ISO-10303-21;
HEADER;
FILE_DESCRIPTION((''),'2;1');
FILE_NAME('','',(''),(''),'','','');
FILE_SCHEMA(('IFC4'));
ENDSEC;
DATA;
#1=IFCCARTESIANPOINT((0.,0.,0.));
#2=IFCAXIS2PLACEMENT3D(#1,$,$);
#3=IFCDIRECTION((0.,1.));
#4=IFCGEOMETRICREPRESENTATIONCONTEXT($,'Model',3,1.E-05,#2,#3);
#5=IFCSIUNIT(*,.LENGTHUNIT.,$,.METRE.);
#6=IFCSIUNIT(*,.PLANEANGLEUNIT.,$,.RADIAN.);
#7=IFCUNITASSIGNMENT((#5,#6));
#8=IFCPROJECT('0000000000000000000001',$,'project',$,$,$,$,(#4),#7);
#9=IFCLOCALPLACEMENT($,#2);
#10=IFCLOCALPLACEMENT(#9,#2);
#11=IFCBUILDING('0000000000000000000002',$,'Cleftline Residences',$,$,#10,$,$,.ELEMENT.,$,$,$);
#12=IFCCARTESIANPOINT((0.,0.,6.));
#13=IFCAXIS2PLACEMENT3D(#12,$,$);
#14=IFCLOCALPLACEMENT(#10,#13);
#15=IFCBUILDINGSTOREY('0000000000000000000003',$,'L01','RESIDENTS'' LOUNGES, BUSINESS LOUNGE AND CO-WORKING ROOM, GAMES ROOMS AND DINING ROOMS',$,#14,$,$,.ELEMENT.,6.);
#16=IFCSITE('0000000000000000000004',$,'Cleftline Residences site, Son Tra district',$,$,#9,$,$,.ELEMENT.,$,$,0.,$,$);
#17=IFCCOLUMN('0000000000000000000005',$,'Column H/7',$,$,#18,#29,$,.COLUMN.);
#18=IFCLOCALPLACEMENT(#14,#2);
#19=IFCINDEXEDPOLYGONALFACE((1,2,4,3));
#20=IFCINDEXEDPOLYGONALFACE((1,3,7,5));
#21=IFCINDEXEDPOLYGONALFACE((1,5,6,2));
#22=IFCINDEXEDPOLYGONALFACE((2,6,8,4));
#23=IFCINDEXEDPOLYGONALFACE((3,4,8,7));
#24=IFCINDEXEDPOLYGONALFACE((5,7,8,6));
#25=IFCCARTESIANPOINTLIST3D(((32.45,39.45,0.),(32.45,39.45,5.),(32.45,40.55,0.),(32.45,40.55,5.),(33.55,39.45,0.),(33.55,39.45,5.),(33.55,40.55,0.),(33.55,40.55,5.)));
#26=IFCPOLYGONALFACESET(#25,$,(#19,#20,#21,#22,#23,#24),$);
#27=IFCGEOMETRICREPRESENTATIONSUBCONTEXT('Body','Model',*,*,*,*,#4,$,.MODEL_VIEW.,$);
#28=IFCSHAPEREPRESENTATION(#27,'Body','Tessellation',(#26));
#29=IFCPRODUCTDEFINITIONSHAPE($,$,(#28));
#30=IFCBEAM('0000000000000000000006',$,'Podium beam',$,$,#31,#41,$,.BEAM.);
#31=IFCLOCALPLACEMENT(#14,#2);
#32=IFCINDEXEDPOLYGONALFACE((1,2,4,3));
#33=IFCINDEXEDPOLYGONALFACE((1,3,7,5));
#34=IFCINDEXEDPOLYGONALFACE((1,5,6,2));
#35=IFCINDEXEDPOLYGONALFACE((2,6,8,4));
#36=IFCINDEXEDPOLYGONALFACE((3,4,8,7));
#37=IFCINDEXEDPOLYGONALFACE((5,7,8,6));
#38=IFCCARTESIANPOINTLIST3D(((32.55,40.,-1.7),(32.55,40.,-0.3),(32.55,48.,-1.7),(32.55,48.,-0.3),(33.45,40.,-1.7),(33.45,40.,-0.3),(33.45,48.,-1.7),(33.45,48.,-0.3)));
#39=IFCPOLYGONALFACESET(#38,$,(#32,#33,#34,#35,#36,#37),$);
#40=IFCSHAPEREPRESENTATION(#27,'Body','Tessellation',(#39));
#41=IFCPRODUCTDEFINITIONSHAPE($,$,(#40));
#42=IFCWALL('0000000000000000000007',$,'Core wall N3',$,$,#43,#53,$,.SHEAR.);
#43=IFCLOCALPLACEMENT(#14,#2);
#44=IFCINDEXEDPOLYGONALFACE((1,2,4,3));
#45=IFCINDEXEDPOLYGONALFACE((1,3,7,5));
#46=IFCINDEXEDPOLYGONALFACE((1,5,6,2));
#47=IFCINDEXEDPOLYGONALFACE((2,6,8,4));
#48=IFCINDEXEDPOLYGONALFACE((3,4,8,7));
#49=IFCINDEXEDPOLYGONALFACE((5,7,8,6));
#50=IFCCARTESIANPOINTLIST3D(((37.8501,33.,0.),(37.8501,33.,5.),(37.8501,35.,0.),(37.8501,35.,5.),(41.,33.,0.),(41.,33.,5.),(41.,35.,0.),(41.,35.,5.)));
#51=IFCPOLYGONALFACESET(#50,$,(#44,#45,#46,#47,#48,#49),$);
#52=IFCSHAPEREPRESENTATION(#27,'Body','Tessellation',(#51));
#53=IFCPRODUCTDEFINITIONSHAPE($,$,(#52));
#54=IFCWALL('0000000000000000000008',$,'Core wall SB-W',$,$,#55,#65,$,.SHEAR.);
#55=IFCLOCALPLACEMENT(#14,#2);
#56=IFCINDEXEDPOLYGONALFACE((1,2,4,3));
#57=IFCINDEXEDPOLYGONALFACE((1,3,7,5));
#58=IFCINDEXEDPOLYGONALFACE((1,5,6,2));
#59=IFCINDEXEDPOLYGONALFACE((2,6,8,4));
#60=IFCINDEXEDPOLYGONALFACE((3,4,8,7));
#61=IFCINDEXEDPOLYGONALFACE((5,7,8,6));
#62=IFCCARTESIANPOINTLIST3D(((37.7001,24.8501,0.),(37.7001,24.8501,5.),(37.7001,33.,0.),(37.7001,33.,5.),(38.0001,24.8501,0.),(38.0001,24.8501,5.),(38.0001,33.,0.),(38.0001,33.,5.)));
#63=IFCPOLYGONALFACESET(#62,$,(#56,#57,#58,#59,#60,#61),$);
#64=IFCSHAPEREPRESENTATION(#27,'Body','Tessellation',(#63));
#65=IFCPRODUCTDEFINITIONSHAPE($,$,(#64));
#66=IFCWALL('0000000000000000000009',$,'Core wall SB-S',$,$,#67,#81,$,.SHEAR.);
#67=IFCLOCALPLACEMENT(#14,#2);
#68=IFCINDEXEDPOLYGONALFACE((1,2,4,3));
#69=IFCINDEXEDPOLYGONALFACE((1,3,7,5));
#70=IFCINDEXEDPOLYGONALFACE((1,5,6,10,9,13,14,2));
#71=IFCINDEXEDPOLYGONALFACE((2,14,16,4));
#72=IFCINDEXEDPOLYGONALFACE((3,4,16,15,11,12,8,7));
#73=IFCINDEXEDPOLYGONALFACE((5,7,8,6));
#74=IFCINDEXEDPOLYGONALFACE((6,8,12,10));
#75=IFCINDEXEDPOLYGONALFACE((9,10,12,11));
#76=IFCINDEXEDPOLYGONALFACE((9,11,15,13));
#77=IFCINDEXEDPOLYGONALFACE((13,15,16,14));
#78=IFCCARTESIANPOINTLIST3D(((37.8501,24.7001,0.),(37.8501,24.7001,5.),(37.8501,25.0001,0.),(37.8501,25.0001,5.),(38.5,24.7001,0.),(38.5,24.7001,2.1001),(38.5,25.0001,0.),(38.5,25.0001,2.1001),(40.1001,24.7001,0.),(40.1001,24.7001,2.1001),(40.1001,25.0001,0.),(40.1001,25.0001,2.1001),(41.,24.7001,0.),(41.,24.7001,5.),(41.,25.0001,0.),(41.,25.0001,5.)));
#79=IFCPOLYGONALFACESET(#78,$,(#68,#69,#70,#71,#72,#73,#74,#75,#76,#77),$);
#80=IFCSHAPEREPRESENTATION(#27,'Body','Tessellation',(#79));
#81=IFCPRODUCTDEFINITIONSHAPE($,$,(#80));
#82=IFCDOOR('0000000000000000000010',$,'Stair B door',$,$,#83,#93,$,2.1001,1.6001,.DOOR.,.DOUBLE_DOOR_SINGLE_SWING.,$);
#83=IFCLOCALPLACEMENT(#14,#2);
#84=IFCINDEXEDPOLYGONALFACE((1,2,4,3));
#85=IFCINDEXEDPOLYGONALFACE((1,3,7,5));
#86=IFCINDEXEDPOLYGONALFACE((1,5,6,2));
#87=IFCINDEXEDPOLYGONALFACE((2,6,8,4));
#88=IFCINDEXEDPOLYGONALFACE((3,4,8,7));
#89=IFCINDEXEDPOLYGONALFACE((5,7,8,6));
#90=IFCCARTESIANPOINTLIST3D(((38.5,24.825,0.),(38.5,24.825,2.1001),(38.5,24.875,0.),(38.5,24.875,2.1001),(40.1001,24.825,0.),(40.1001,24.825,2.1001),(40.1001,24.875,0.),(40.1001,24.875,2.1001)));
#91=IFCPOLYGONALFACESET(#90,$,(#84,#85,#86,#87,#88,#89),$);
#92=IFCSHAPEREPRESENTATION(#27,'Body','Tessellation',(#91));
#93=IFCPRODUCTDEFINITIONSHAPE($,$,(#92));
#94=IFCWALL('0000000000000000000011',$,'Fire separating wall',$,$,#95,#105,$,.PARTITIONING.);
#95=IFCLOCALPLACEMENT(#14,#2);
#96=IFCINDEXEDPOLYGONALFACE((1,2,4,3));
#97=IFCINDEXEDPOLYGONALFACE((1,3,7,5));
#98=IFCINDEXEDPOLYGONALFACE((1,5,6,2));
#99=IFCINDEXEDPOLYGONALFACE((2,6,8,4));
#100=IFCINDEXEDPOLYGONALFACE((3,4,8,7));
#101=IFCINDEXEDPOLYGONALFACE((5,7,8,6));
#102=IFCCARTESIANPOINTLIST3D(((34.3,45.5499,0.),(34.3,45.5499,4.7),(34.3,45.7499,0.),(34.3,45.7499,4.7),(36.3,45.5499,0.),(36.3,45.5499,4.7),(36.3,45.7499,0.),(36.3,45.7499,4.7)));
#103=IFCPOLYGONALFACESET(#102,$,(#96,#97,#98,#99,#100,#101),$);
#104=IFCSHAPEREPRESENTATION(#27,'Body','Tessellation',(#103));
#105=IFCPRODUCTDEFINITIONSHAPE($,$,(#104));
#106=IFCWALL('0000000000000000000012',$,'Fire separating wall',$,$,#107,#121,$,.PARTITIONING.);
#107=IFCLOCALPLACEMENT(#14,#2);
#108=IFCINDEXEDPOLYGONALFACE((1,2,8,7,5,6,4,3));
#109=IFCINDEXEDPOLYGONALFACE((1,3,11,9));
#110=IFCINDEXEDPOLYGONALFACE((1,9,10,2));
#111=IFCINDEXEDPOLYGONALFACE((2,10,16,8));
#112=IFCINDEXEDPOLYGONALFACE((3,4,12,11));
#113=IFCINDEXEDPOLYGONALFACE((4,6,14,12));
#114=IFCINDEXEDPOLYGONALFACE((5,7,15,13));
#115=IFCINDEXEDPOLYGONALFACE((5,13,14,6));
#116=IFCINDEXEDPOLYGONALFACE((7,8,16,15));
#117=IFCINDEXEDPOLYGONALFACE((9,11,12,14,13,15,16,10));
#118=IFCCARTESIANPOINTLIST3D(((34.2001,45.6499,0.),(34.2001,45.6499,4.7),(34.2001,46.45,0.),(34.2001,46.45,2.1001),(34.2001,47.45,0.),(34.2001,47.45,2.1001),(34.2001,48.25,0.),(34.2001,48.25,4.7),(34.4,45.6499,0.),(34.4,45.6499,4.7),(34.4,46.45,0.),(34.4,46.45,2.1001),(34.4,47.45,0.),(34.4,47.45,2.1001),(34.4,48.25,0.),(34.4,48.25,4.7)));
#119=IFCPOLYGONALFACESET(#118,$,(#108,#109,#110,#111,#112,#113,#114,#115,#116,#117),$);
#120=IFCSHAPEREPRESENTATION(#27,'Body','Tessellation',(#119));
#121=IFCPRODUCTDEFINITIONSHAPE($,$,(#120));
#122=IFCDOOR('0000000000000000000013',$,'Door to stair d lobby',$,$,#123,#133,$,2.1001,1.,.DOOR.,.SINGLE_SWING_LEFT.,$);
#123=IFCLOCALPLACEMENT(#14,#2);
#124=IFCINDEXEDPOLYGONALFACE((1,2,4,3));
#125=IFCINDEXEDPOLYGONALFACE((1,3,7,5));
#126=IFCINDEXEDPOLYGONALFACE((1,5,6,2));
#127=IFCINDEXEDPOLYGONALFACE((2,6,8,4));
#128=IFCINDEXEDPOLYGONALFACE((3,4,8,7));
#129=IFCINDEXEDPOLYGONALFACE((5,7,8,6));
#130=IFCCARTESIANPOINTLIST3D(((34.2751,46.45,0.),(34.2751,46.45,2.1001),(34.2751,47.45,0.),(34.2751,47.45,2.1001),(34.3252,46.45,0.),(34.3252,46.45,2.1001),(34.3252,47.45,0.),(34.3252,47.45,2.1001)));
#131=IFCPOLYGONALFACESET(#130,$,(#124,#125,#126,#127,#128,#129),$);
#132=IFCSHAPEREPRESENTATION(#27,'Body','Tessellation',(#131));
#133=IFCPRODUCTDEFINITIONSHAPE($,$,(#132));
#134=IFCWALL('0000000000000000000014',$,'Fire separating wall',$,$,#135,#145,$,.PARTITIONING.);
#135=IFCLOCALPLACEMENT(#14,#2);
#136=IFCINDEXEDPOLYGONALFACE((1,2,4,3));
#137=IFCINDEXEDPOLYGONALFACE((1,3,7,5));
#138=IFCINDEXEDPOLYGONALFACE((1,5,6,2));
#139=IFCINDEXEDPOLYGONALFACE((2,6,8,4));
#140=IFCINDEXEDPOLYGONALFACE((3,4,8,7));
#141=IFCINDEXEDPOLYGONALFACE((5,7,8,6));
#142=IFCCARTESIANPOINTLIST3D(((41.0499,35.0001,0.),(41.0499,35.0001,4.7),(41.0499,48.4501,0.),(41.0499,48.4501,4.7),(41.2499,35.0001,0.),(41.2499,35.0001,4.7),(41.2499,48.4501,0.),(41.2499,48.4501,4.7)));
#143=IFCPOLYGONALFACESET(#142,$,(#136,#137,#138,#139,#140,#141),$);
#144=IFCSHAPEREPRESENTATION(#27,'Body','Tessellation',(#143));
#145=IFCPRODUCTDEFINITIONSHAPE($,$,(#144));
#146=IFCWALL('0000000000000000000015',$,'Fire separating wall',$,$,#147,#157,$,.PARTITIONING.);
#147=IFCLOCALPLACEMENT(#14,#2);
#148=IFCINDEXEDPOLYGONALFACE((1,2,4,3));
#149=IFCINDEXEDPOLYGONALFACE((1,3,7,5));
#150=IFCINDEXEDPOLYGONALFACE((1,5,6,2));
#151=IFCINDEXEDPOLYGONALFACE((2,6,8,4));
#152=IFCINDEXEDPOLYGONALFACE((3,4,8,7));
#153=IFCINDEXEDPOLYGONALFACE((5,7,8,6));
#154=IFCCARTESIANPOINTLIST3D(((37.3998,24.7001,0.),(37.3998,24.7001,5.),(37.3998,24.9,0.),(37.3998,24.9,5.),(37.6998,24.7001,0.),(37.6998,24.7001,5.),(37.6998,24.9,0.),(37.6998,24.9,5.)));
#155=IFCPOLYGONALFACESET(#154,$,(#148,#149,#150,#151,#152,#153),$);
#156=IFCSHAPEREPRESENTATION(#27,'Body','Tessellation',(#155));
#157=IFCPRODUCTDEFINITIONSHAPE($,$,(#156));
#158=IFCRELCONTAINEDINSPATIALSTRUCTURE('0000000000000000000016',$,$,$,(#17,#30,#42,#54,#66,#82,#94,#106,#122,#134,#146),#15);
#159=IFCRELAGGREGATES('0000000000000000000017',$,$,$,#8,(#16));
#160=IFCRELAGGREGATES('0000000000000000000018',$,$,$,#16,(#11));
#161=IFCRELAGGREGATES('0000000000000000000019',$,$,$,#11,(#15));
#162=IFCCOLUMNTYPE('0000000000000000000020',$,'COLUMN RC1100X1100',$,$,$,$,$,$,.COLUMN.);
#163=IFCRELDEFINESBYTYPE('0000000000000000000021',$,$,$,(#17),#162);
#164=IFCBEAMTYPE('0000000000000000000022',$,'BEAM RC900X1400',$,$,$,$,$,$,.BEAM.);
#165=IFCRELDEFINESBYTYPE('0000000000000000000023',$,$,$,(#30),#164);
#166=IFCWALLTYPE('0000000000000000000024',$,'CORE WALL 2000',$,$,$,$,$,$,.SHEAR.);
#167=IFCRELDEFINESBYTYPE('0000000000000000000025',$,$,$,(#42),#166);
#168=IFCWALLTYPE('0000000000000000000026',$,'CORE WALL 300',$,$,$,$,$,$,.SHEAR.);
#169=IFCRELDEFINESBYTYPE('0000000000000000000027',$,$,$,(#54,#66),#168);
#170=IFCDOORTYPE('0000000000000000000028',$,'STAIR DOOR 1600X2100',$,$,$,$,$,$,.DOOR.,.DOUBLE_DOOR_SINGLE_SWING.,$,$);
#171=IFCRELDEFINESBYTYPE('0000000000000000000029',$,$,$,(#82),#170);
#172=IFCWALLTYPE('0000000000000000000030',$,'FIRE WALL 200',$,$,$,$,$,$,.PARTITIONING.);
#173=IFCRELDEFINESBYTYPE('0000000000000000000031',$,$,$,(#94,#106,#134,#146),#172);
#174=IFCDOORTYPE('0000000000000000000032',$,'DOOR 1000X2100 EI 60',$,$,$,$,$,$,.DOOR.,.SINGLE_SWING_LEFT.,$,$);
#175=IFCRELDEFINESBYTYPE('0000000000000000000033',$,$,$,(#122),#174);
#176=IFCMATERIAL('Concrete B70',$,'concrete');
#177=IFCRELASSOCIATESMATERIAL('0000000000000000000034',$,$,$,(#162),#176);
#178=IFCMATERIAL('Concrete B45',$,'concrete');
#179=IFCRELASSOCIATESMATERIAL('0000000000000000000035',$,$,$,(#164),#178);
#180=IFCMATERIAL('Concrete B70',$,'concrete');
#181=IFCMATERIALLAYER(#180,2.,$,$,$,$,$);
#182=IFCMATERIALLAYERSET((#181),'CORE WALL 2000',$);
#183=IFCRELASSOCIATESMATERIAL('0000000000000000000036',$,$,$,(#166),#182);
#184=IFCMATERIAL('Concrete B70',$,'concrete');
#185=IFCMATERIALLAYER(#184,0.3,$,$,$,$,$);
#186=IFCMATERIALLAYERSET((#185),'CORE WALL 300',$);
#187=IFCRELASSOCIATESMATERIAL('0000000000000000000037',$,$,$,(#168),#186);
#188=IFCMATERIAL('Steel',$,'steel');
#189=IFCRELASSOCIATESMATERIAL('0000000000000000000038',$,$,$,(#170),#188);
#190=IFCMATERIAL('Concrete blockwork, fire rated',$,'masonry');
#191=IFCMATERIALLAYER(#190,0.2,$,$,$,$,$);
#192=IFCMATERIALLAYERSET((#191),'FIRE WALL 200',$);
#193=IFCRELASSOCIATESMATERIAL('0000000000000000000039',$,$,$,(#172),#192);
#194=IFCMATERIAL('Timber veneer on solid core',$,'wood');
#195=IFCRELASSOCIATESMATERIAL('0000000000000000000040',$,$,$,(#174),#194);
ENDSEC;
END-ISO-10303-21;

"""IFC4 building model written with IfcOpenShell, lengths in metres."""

from ifc_helpers import new_model, si_unit, direction, frame, frame_2d, origin, origin_2d, place, context, subcontext, project, spatial, rectangle, extrude, material, layer, layer_set, material_profile, profile_set, type_object, element, fill, save


model = new_model("IFC4")

# Units and contexts
model_context = context("Model", 3, precision=1e-05, world=origin(), true_north=direction((0.0, 1.0)))
body_context = subcontext(model_context, "Body", "Model", "MODEL_VIEW")
ifc_project = project(units=[si_unit("LENGTHUNIT", "METRE"), si_unit("PLANEANGLEUNIT", "RADIAN")], contexts=[model_context])

# Site, building, storey
site_placement = place(None, origin())
site = spatial("IfcSite", under=ifc_project, at=site_placement, Name="Cleftline Residences site, Son Tra district", CompositionType="ELEMENT", RefElevation=0.0)
building_placement = place(site_placement, origin())
building = spatial("IfcBuilding", under=site, at=building_placement, Name="Cleftline Residences", CompositionType="ELEMENT")
storey_placement = place(building_placement, frame((0.0, 0.0, 6.0)))
storey = spatial("IfcBuildingStorey", under=building, at=storey_placement, Name="L01", Description="RESIDENTS' LOUNGES, BUSINESS LOUNGE AND CO-WORKING ROOM, GAMES ROOMS AND DINING ROOMS", CompositionType="ELEMENT", Elevation=6.0)

# Column
ifc_material_1 = material(Name="Concrete B70", Category="concrete")
ifc_material_profile_1 = material_profile(ifc_material_1, rectangle(XDim=1.1001, YDim=1.1001, at=origin_2d()))
ifc_profile_set_1 = profile_set([ifc_material_profile_1], Name="Concrete B70")
column_type = type_object("IfcColumnType", Name="COLUMN RC1100X1100", PredefinedType="COLUMN", material=ifc_profile_set_1)
column_placement = place(storey_placement, frame((33.0, 40.0, 0.0), z_axis=(0.0, 0.0, 1.0), x_axis=(1.0, 0.0, 0.0)))
element("IfcColumn", 1, at=column_placement, inside=storey, type_object=column_type, Name="Column H/7", PredefinedType="COLUMN", context=body_context, shape_type="SweptSolid", body=[
    extrude(rectangle(XDim=1.1001, YDim=1.1001, at=origin_2d()), origin(), (0.0, 0.0, 1.0), 5.0),
])

# Beam
ifc_material_2 = material(Name="Concrete B45", Category="concrete")
ifc_material_profile_2 = material_profile(ifc_material_2, rectangle(XDim=0.8999, YDim=1.3999, at=origin_2d()))
ifc_profile_set_2 = profile_set([ifc_material_profile_2], Name="Concrete B45")
beam_type = type_object("IfcBeamType", Name="BEAM RC900X1400", PredefinedType="BEAM", material=ifc_profile_set_2)
beam_placement = place(storey_placement, frame((33.0, 40.0, -1.0), z_axis=(0.0, 1.0, 0.0), x_axis=(-1.0, 0.0, 0.0)))
element("IfcBeam", 2, at=beam_placement, inside=storey, type_object=beam_type, Name="Podium beam", PredefinedType="BEAM", context=body_context, shape_type="SweptSolid", body=[
    extrude(rectangle(XDim=0.8999, YDim=1.3999, at=origin_2d()), origin(), (0.0, 0.0, 1.0), 8.0),
])

# Walls
ifc_material_3 = material(Name="Concrete B70", Category="concrete")
ifc_layer_1 = layer(ifc_material_3, 2.0)
ifc_layer_set_1 = layer_set([ifc_layer_1], Name="CORE WALL 2000")
wall_type_1 = type_object("IfcWallType", Name="CORE WALL 2000", PredefinedType="SHEAR", material=ifc_layer_set_1)
wall_1_placement = place(storey_placement, frame((37.8501, 34.0, 0.0), z_axis=(0.0, 0.0, 1.0), x_axis=(1.0, 0.0, 0.0)))
element("IfcWall", 3, at=wall_1_placement, inside=storey, type_object=wall_type_1, Name="Core wall N3", PredefinedType="SHEAR", context=body_context, shape_type="SweptSolid", body=[
    extrude(rectangle(XDim=3.1499, YDim=2.0, at=frame_2d((1.575, 0.0))), origin(), (0.0, 0.0, 1.0), 5.0),
])
ifc_material_4 = material(Name="Concrete B70", Category="concrete")
ifc_layer_2 = layer(ifc_material_4, 0.3)
ifc_layer_set_2 = layer_set([ifc_layer_2], Name="CORE WALL 300")
wall_type_2 = type_object("IfcWallType", Name="CORE WALL 300", PredefinedType="SHEAR", material=ifc_layer_set_2)
wall_2_placement = place(storey_placement, frame((37.8501, 24.8501, 0.0), z_axis=(0.0, 0.0, 1.0), x_axis=(0.0, 1.0, 0.0)))
element("IfcWall", 4, at=wall_2_placement, inside=storey, type_object=wall_type_2, Name="Core wall SB-W", PredefinedType="SHEAR", context=body_context, shape_type="SweptSolid", body=[
    extrude(rectangle(XDim=8.1499, YDim=0.3, at=frame_2d((4.075, 0.0))), origin(), (0.0, 0.0, 1.0), 5.0),
])

# Wall, opening, door
wall_3_placement = place(storey_placement, frame((37.8501, 24.8501, 0.0), z_axis=(0.0, 0.0, 1.0), x_axis=(1.0, 0.0, 0.0)))
wall_3 = element("IfcWall", 5, at=wall_3_placement, inside=storey, type_object=wall_type_2, Name="Core wall SB-S", PredefinedType="SHEAR", context=body_context, shape_type="SweptSolid", body=[
    extrude(rectangle(XDim=3.1499, YDim=0.3, at=frame_2d((1.575, 0.0))), origin(), (0.0, 0.0, 1.0), 5.0),
])
opening_1_placement = place(wall_3_placement, frame((0.6499, 0.0, 0.0)))
opening_1 = element("IfcOpeningElement", 6, at=opening_1_placement, cuts=wall_3, PredefinedType="OPENING", context=body_context, shape_type="SweptSolid", body=[
    extrude(rectangle(XDim=1.6001, YDim=2.1001, at=frame_2d((0.8, 1.05))), frame((0.0, 0.1599, 0.0), z_axis=(0.0, -1.0, 0.0), x_axis=(1.0, 0.0, 0.0)), (0.0, 0.0, 1.0), 0.3201),
])
ifc_material_5 = material(Name="Steel", Category="steel")
door_type_1 = type_object("IfcDoorType", Name="STAIR DOOR 1600X2100", OperationType="DOUBLE_DOOR_SINGLE_SWING", PredefinedType="DOOR", material=ifc_material_5)
door_1_placement = place(opening_1_placement, origin())
door_1 = element("IfcDoor", 7, at=door_1_placement, inside=storey, type_object=door_type_1, Name="Stair B door", OperationType="DOUBLE_DOOR_SINGLE_SWING", OverallHeight=2.1001, OverallWidth=1.6001, PredefinedType="DOOR", context=body_context, shape_type="SweptSolid", body=[
    extrude(rectangle(XDim=1.6001, YDim=2.1001, at=frame_2d((0.8, 1.05))), frame((0.0, 0.0249, 0.0), z_axis=(0.0, -1.0, 0.0), x_axis=(1.0, 0.0, 0.0)), (0.0, 0.0, 1.0), 0.05),
])
fill(opening_1, door_1)

# Wall
ifc_material_6 = material(Name="Concrete blockwork, fire rated", Category="masonry")
ifc_layer_3 = layer(ifc_material_6, 0.2)
ifc_layer_set_3 = layer_set([ifc_layer_3], Name="FIRE WALL 200")
wall_type_3 = type_object("IfcWallType", Name="FIRE WALL 200", PredefinedType="PARTITIONING", material=ifc_layer_set_3)
wall_4_placement = place(storey_placement, frame((34.3, 45.6499, 0.0), z_axis=(0.0, 0.0, 1.0), x_axis=(1.0, 0.0, 0.0)))
element("IfcWall", 8, at=wall_4_placement, inside=storey, type_object=wall_type_3, Name="Fire separating wall", PredefinedType="PARTITIONING", context=body_context, shape_type="SweptSolid", body=[
    extrude(rectangle(XDim=2.0, YDim=0.2, at=frame_2d((1.0, 0.0))), origin(), (0.0, 0.0, 1.0), 4.7),
])

# Wall, opening, door
wall_5_placement = place(storey_placement, frame((34.3, 45.6499, 0.0), z_axis=(0.0, 0.0, 1.0), x_axis=(0.0, 1.0, 0.0)))
wall_5 = element("IfcWall", 9, at=wall_5_placement, inside=storey, type_object=wall_type_3, Name="Fire separating wall", PredefinedType="PARTITIONING", context=body_context, shape_type="SweptSolid", body=[
    extrude(rectangle(XDim=2.6001, YDim=0.2, at=frame_2d((1.3, 0.0))), origin(), (0.0, 0.0, 1.0), 4.7),
])
opening_2_placement = place(wall_5_placement, frame((0.8, 0.0, 0.0)))
opening_2 = element("IfcOpeningElement", 10, at=opening_2_placement, cuts=wall_5, PredefinedType="OPENING", context=body_context, shape_type="SweptSolid", body=[
    extrude(rectangle(XDim=1.0, YDim=2.1001, at=frame_2d((0.5, 1.05))), frame((0.0, 0.1099, 0.0), z_axis=(0.0, -1.0, 0.0), x_axis=(1.0, 0.0, 0.0)), (0.0, 0.0, 1.0), 0.22),
])
ifc_material_7 = material(Name="Timber veneer on solid core", Category="wood")
door_type_2 = type_object("IfcDoorType", Name="DOOR 1000X2100 EI 60", OperationType="SINGLE_SWING_LEFT", PredefinedType="DOOR", material=ifc_material_7)
door_2_placement = place(opening_2_placement, origin())
door_2 = element("IfcDoor", 11, at=door_2_placement, inside=storey, type_object=door_type_2, Name="Door to stair d lobby", OperationType="SINGLE_SWING_LEFT", OverallHeight=2.1001, OverallWidth=1.0, PredefinedType="DOOR", context=body_context, shape_type="SweptSolid", body=[
    extrude(rectangle(XDim=1.0, YDim=2.1001, at=frame_2d((0.5, 1.05))), frame((0.0, 0.0249, 0.0), z_axis=(0.0, -1.0, 0.0), x_axis=(1.0, 0.0, 0.0)), (0.0, 0.0, 1.0), 0.05),
])
fill(opening_2, door_2)

# Walls
wall_6_placement = place(storey_placement, frame((41.1499, 35.0, 0.0), z_axis=(0.0, 0.0, 1.0), x_axis=(0.0, 1.0, 0.0)))
element("IfcWall", 12, at=wall_6_placement, inside=storey, type_object=wall_type_3, Name="Fire separating wall", PredefinedType="PARTITIONING", context=body_context, shape_type="SweptSolid", body=[
    extrude(rectangle(XDim=13.45, YDim=0.2, at=frame_2d((6.7251, 0.0))), origin(), (0.0, 0.0, 1.0), 4.7),
])
wall_7_placement = place(storey_placement, frame((37.3999, 24.8, 0.0), z_axis=(0.0, 0.0, 1.0), x_axis=(1.0, 0.0, 0.0)))
element("IfcWall", 13, at=wall_7_placement, inside=storey, type_object=wall_type_3, Name="Fire separating wall", PredefinedType="PARTITIONING", context=body_context, shape_type="SweptSolid", body=[
    extrude(rectangle(XDim=0.3, YDim=0.2, at=frame_2d((0.1499, 0.0))), origin(), (0.0, 0.0, 1.0), 5.0),
])

save(model, "model.ifc")
